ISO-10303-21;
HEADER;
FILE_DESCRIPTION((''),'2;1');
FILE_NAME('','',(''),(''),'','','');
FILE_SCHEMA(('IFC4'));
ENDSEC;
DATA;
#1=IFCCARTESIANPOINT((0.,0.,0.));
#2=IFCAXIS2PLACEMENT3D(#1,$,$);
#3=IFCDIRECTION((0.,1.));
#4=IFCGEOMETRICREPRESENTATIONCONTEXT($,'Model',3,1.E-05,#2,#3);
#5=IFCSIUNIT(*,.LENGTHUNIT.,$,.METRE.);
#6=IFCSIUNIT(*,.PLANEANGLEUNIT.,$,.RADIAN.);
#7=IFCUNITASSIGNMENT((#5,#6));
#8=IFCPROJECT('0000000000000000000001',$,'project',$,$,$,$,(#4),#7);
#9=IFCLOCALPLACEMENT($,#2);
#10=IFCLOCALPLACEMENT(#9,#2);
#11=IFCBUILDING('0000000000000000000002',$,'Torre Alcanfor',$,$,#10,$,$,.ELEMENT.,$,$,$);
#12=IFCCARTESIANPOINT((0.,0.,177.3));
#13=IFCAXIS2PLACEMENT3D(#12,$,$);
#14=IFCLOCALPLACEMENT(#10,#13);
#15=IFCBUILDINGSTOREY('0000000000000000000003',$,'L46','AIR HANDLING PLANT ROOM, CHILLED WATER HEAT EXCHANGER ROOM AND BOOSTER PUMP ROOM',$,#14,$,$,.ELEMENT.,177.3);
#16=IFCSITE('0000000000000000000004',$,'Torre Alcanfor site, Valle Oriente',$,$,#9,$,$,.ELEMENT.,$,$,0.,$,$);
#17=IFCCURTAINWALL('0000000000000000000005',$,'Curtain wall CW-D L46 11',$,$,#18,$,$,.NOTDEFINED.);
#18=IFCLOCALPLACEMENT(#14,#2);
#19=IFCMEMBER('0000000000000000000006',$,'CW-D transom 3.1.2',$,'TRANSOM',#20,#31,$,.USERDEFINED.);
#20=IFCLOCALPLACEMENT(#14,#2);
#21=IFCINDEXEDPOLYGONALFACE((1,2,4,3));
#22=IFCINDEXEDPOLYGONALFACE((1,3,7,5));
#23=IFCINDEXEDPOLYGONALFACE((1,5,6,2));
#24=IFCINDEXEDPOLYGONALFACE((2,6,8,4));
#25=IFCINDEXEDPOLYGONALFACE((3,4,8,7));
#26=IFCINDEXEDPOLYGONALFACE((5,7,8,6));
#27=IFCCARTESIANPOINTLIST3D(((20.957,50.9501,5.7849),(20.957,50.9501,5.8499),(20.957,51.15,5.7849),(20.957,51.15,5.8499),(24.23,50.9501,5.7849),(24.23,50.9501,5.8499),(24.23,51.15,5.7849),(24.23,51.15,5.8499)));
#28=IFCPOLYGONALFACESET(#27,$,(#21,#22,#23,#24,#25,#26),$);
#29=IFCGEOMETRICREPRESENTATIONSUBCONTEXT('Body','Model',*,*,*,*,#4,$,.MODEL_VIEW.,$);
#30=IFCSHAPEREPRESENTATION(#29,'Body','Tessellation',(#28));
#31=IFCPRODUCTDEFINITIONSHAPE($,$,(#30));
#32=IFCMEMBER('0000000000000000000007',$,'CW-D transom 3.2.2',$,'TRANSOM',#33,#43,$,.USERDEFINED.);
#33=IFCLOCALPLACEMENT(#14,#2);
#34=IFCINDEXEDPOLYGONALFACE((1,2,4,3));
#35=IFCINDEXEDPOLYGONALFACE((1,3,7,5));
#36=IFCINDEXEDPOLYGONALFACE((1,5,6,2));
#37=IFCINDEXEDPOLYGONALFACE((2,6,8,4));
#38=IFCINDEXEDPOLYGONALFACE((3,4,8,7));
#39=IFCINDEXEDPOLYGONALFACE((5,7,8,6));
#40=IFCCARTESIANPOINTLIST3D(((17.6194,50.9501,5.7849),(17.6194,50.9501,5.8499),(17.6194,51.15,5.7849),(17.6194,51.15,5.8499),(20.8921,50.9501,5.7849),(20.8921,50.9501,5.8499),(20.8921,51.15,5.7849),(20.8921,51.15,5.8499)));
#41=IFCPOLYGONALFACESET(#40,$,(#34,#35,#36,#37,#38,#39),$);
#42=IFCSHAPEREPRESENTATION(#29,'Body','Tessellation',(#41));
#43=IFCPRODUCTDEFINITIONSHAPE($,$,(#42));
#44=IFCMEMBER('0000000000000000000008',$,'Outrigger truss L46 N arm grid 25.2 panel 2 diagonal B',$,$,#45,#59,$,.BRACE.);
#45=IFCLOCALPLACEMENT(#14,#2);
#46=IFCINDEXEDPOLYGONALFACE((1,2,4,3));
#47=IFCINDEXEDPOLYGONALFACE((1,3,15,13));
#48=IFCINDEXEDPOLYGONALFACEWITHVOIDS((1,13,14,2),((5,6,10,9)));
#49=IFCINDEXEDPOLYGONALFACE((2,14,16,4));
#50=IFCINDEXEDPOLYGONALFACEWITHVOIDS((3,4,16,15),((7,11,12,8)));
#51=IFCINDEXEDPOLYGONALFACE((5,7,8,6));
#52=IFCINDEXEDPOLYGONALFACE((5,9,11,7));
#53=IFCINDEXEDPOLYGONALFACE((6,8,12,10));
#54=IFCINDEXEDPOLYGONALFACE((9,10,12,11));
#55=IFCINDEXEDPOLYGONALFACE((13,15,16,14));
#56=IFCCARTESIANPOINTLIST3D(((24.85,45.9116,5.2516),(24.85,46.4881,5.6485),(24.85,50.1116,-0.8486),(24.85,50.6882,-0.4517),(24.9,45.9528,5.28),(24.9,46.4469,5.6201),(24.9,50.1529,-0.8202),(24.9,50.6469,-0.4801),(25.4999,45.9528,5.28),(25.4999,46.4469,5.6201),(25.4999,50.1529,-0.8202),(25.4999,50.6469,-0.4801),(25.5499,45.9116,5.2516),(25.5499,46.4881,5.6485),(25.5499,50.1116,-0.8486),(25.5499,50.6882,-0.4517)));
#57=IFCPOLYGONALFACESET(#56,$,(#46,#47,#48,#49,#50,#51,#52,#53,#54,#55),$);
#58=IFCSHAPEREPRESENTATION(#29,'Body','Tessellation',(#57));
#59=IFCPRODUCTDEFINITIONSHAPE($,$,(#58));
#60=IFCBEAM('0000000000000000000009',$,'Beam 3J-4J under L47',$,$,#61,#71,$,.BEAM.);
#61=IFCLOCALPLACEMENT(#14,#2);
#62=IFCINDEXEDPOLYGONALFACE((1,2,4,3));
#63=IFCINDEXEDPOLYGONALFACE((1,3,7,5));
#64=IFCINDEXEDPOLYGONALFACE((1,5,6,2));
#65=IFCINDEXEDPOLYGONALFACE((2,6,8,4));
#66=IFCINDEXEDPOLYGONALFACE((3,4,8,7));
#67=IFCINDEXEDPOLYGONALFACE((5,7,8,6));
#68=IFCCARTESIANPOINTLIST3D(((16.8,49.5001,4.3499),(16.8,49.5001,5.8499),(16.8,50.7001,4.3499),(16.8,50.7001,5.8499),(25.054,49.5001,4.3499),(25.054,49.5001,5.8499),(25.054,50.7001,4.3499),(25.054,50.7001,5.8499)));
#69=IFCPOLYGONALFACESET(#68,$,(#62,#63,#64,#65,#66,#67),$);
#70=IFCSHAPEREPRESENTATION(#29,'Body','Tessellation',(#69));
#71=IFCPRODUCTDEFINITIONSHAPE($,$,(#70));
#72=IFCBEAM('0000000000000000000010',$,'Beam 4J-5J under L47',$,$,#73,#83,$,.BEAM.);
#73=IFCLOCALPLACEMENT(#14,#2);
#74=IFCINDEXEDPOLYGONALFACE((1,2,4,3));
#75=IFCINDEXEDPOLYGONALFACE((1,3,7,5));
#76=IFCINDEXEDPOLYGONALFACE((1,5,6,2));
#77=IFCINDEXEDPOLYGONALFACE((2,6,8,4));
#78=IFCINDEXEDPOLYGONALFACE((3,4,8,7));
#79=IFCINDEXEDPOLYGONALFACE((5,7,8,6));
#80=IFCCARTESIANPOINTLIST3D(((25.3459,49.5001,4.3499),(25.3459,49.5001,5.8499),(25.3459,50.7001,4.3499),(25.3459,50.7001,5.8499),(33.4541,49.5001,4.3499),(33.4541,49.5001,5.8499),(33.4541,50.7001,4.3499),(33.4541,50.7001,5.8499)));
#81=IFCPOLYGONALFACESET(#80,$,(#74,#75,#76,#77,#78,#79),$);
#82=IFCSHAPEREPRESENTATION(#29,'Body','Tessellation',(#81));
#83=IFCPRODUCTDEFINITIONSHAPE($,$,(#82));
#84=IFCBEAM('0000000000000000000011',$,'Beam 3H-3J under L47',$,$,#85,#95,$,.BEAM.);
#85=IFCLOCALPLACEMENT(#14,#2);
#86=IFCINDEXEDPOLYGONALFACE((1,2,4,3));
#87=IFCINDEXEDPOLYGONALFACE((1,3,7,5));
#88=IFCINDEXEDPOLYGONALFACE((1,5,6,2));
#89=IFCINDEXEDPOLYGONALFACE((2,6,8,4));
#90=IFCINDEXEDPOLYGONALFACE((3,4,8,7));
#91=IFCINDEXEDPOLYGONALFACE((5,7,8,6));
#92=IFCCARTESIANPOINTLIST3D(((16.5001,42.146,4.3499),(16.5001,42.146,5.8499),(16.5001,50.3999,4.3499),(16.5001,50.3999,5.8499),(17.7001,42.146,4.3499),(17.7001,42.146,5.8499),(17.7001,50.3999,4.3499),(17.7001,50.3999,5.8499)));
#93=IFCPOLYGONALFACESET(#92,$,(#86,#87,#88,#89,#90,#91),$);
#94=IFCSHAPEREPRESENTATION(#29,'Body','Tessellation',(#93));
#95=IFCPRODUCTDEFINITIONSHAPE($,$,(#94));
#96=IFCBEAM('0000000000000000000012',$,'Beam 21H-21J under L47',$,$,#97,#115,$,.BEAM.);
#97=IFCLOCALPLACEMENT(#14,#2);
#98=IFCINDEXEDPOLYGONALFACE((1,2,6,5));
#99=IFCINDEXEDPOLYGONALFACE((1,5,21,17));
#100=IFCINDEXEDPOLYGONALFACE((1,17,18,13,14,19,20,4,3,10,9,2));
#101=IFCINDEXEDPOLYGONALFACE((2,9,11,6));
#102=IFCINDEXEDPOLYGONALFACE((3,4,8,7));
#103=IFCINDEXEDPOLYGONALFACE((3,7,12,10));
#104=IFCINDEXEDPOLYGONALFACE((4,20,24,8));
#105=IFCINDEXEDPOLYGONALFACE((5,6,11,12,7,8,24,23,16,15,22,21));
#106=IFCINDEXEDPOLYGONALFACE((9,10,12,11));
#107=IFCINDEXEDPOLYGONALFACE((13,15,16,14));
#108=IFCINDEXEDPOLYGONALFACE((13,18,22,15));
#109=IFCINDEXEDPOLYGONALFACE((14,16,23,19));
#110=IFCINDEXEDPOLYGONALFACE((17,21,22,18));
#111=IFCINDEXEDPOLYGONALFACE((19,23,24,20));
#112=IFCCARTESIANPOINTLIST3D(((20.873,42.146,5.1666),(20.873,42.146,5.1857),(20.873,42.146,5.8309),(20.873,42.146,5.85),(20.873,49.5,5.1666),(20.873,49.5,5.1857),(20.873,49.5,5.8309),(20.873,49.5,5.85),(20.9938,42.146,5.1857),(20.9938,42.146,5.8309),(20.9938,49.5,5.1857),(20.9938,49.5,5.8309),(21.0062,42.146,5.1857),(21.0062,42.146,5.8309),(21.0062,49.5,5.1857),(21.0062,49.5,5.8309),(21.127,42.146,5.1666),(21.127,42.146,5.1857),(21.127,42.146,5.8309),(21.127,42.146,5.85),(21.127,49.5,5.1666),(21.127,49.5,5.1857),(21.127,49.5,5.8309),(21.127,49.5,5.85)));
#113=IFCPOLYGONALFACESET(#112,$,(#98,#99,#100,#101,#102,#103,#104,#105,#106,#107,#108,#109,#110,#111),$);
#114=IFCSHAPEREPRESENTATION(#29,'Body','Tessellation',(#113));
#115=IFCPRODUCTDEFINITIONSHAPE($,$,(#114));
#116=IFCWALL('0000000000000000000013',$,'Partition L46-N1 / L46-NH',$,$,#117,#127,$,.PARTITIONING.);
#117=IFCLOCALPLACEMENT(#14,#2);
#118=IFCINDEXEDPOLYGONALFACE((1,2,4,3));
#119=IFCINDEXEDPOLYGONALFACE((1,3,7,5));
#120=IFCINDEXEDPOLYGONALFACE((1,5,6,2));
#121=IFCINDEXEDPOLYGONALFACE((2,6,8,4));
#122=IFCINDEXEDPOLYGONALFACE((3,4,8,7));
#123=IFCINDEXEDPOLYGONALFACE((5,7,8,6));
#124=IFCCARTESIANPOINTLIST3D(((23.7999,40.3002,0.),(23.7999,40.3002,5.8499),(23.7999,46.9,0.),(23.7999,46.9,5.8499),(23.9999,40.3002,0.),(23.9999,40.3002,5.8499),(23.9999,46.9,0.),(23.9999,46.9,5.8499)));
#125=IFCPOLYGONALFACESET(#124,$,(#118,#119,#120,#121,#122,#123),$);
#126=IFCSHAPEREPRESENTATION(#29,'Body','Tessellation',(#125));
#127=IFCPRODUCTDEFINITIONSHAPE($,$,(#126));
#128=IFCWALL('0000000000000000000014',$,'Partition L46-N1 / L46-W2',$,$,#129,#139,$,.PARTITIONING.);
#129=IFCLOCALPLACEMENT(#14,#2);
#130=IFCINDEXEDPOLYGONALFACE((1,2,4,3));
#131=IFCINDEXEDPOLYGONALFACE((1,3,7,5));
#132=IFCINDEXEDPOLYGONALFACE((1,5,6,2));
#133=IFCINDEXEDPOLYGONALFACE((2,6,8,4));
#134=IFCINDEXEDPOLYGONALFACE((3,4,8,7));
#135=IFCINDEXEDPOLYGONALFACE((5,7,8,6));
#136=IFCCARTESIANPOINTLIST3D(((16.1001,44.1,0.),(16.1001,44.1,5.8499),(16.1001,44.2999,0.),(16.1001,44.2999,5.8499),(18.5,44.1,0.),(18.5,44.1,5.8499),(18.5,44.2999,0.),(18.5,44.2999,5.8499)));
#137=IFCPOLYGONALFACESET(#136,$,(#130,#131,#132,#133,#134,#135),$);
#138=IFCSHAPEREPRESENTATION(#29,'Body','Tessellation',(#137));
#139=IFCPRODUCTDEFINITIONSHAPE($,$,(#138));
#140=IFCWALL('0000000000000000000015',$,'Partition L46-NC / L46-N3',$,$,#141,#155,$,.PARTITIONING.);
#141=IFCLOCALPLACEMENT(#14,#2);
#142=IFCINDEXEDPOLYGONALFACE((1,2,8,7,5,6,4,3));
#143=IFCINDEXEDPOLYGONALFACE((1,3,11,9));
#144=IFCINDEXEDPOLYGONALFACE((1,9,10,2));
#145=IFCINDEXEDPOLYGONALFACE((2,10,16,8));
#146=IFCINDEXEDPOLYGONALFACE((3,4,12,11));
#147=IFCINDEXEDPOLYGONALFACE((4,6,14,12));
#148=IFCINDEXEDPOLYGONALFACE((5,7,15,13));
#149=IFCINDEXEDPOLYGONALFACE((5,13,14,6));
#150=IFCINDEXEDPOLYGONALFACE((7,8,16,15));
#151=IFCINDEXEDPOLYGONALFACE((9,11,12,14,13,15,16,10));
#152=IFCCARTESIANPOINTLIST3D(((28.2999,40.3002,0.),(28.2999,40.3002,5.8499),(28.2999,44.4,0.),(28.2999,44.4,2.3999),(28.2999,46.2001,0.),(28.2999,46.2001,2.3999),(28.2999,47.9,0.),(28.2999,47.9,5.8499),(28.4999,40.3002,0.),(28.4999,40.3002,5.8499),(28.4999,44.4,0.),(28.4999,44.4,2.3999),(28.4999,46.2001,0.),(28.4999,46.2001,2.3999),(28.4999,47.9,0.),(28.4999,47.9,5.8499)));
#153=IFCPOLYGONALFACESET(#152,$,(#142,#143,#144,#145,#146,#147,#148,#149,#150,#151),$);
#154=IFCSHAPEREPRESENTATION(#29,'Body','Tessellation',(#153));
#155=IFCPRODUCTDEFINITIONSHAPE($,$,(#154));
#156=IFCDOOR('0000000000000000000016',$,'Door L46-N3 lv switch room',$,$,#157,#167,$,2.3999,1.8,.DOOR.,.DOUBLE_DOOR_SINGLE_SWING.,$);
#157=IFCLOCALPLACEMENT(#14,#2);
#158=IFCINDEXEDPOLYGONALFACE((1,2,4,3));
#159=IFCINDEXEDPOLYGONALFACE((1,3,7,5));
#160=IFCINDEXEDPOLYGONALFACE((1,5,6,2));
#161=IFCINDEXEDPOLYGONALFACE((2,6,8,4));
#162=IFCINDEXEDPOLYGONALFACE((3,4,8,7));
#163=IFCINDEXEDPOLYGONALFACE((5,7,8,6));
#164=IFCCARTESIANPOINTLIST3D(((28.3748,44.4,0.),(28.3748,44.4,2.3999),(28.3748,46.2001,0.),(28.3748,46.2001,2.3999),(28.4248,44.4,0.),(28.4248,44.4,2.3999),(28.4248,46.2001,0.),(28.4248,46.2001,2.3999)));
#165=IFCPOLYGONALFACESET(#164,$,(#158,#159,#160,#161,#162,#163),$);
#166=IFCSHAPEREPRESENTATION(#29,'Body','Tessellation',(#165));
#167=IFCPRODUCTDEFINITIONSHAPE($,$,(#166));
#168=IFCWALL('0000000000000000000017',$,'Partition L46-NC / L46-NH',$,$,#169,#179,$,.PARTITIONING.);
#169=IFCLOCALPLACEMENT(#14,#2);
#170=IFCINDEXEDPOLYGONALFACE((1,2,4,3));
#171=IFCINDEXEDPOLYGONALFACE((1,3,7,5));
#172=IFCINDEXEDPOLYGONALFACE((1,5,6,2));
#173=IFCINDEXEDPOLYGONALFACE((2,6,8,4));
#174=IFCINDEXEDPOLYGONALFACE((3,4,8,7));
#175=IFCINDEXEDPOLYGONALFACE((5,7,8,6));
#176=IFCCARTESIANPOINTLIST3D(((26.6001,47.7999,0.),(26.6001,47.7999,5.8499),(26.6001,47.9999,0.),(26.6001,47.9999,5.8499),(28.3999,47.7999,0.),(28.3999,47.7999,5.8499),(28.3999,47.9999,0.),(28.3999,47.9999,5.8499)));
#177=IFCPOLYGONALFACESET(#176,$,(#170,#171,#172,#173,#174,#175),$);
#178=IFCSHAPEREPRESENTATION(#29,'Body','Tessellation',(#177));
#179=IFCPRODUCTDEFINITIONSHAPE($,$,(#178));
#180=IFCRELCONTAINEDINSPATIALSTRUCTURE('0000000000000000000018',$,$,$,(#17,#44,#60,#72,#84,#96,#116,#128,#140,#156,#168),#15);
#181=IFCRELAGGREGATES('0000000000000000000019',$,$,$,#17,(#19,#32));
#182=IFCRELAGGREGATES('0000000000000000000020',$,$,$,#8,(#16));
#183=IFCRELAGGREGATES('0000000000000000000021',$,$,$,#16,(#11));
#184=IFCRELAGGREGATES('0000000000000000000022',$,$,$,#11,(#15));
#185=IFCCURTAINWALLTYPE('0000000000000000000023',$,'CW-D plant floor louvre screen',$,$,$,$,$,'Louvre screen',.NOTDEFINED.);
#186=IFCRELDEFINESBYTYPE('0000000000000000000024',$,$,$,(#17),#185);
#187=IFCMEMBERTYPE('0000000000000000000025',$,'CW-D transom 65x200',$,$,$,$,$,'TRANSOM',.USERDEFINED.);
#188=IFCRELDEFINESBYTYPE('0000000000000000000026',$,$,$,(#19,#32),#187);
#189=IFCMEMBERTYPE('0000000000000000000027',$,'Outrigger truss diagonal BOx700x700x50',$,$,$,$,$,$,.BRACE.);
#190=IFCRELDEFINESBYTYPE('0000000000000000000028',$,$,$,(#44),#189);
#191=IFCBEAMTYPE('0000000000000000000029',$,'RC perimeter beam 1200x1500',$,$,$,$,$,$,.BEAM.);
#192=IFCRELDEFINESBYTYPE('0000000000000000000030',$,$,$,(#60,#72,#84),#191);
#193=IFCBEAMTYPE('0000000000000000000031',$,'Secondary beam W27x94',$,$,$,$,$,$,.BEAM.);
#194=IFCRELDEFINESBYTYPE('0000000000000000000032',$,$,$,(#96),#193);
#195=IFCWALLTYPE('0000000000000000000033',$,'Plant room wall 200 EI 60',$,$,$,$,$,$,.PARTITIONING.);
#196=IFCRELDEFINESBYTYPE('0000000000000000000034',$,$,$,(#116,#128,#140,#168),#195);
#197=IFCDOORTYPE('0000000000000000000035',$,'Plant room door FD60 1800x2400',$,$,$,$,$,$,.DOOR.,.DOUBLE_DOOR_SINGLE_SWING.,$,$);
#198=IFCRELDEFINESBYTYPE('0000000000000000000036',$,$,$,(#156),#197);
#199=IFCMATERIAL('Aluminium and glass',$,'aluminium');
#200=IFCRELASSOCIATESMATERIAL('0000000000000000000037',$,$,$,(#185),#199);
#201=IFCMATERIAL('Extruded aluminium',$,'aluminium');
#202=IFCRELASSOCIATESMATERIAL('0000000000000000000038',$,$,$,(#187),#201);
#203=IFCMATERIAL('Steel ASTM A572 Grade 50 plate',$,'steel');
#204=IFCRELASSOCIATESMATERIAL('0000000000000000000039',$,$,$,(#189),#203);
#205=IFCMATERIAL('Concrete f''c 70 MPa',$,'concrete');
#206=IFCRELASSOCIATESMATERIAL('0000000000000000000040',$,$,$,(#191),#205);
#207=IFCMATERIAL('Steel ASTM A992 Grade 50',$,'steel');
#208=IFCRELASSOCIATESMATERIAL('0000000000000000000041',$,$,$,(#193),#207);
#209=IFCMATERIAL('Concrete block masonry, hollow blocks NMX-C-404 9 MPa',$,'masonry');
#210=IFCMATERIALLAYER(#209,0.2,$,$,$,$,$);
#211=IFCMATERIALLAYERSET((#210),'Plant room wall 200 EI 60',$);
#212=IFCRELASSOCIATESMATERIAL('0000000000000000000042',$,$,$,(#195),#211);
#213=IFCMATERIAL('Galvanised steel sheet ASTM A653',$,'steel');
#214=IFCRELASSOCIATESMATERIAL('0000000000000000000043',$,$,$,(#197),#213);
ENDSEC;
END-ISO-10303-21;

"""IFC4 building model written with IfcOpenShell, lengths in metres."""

from ifc_helpers import new_model, si_unit, direction, frame, frame_2d, origin, origin_2d, place, context, subcontext, project, spatial, rectangle, hollow_rectangle, i_section, extrude, material, layer, layer_set, material_profile, profile_set, type_object, element, fill, aggregate, save


model = new_model("IFC4")

# Units and contexts
model_context = context("Model", 3, precision=1e-05, world=origin(), true_north=direction((0.0, 1.0)))
body_context = subcontext(model_context, "Body", "Model", "MODEL_VIEW")
ifc_project = project(units=[si_unit("LENGTHUNIT", "METRE"), si_unit("PLANEANGLEUNIT", "RADIAN")], contexts=[model_context])

# Site, building, storey
site_placement = place(None, origin())
site = spatial("IfcSite", under=ifc_project, at=site_placement, Name="Torre Alcanfor site, Valle Oriente", CompositionType="ELEMENT", RefElevation=0.0)
building_placement = place(site_placement, origin())
building = spatial("IfcBuilding", under=site, at=building_placement, Name="Torre Alcanfor", CompositionType="ELEMENT")
storey_placement = place(building_placement, frame((0.0, 0.0, 177.3)))
storey = spatial("IfcBuildingStorey", under=building, at=storey_placement, Name="L46", Description="AIR HANDLING PLANT ROOM, CHILLED WATER HEAT EXCHANGER ROOM AND BOOSTER PUMP ROOM", CompositionType="ELEMENT", Elevation=177.3)

# Curtain wall, members
ifc_material_1 = material(Name="Aluminium and glass", Category="aluminium")
curtain_wall_type = type_object("IfcCurtainWallType", Name="CW-D plant floor louvre screen", ElementType="Louvre screen", PredefinedType="NOTDEFINED", material=ifc_material_1)
curtain_wall_placement = place(storey_placement, origin())
curtain_wall = element("IfcCurtainWall", 1, at=curtain_wall_placement, inside=storey, type_object=curtain_wall_type, Name="Curtain wall CW-D L46 11", PredefinedType="NOTDEFINED")
ifc_material_2 = material(Name="Extruded aluminium", Category="aluminium")
ifc_material_profile_1 = material_profile(ifc_material_2, rectangle(XDim=0.2, YDim=0.0649, at=origin_2d()), Name="CW-D transom 200x65")
ifc_profile_set_1 = profile_set([ifc_material_profile_1], Name="Extruded aluminium")
member_type_1 = type_object("IfcMemberType", Name="CW-D transom 65x200", ElementType="TRANSOM", PredefinedType="USERDEFINED", material=ifc_profile_set_1)
member_1_placement = place(storey_placement, frame((24.23, 51.05, 5.8174), z_axis=(-1.0, 0.0, 0.0), x_axis=(0.0, -1.0, 0.0)))
member_1 = element("IfcMember", 2, at=member_1_placement, type_object=member_type_1, Name="CW-D transom 3.1.2", ObjectType="TRANSOM", PredefinedType="USERDEFINED", context=body_context, shape_type="SweptSolid", body=[
    extrude(rectangle(XDim=0.2, YDim=0.0649, at=origin_2d()), origin(), (0.0, 0.0, 1.0), 3.2729),
])
member_2_placement = place(storey_placement, frame((20.8921, 51.05, 5.8174), z_axis=(-1.0, 0.0, 0.0), x_axis=(0.0, -1.0, 0.0)))
member_2 = element("IfcMember", 3, at=member_2_placement, type_object=member_type_1, Name="CW-D transom 3.2.2", ObjectType="TRANSOM", PredefinedType="USERDEFINED", context=body_context, shape_type="SweptSolid", body=[
    extrude(rectangle(XDim=0.2, YDim=0.0649, at=origin_2d()), origin(), (0.0, 0.0, 1.0), 3.2727),
])

# Member
ifc_material_3 = material(Name="Steel ASTM A572 Grade 50 plate", Category="steel")
ifc_material_profile_2 = material_profile(ifc_material_3, hollow_rectangle(XDim=0.7, YDim=0.7, WallThickness=0.05, at=origin_2d()), Name="BOX 700x700x50")
ifc_profile_set_2 = profile_set([ifc_material_profile_2], Name="Steel ASTM A572 Grade 50 plate")
member_type_2 = type_object("IfcMemberType", Name="Outrigger truss diagonal BOx700x700x50", PredefinedType="BRACE", material=ifc_profile_set_2)
member_3_placement = place(storey_placement, frame((25.2, 50.3999, -0.6501), z_axis=(0.0, -0.567091, 0.823655), x_axis=(1.0, 0.0, 0.0)))
element("IfcMember", 4, at=member_3_placement, inside=storey, type_object=member_type_2, Name="Outrigger truss L46 N arm grid 25.2 panel 2 diagonal B", PredefinedType="BRACE", context=body_context, shape_type="SweptSolid", body=[
    extrude(hollow_rectangle(XDim=0.7, YDim=0.7, WallThickness=0.05, at=origin_2d()), origin(), (0.0, 0.0, 1.0), 7.4062),
])

# Beams
ifc_material_4 = material(Name="Concrete f'c 70 MPa", Category="concrete")
ifc_material_profile_3 = material_profile(ifc_material_4, rectangle(XDim=1.2, YDim=1.5, at=origin_2d()), Name="1200x1500")
ifc_profile_set_3 = profile_set([ifc_material_profile_3], Name="Concrete f'c 70 MPa")
beam_type_1 = type_object("IfcBeamType", Name="RC perimeter beam 1200x1500", PredefinedType="BEAM", material=ifc_profile_set_3)
beam_1_placement = place(storey_placement, frame((16.8, 50.1001, 5.0999), z_axis=(1.0, 0.0, 0.0), x_axis=(0.0, 1.0, 0.0)))
element("IfcBeam", 5, at=beam_1_placement, inside=storey, type_object=beam_type_1, Name="Beam 3J-4J under L47", PredefinedType="BEAM", context=body_context, shape_type="SweptSolid", body=[
    extrude(rectangle(XDim=1.2, YDim=1.5, at=origin_2d()), origin(), (0.0, 0.0, 1.0), 8.2539),
])
beam_2_placement = place(storey_placement, frame((25.3459, 50.1001, 5.0999), z_axis=(1.0, 0.0, 0.0), x_axis=(0.0, 1.0, 0.0)))
element("IfcBeam", 6, at=beam_2_placement, inside=storey, type_object=beam_type_1, Name="Beam 4J-5J under L47", PredefinedType="BEAM", context=body_context, shape_type="SweptSolid", body=[
    extrude(rectangle(XDim=1.2, YDim=1.5, at=origin_2d()), origin(), (0.0, 0.0, 1.0), 8.1082),
])
beam_3_placement = place(storey_placement, frame((17.1001, 42.146, 5.0999), z_axis=(0.0, 1.0, 0.0), x_axis=(-1.0, 0.0, 0.0)))
element("IfcBeam", 7, at=beam_3_placement, inside=storey, type_object=beam_type_1, Name="Beam 3H-3J under L47", PredefinedType="BEAM", context=body_context, shape_type="SweptSolid", body=[
    extrude(rectangle(XDim=1.2, YDim=1.5, at=origin_2d()), origin(), (0.0, 0.0, 1.0), 8.2539),
])
ifc_material_5 = material(Name="Steel ASTM A992 Grade 50", Category="steel")
ifc_material_profile_4 = material_profile(ifc_material_5, i_section(OverallWidth=0.2539, OverallDepth=0.6833, WebThickness=0.0125, FlangeThickness=0.019, at=origin_2d()), Name="W27x94")
ifc_profile_set_4 = profile_set([ifc_material_profile_4], Name="Steel ASTM A992 Grade 50")
beam_type_2 = type_object("IfcBeamType", Name="Secondary beam W27x94", PredefinedType="BEAM", material=ifc_profile_set_4)
beam_4_placement = place(storey_placement, frame((21.0, 42.146, 5.5083), z_axis=(0.0, 1.0, 0.0), x_axis=(-1.0, 0.0, 0.0)))
element("IfcBeam", 8, at=beam_4_placement, inside=storey, type_object=beam_type_2, Name="Beam 21H-21J under L47", PredefinedType="BEAM", context=body_context, shape_type="SweptSolid", body=[
    extrude(i_section(OverallWidth=0.2539, OverallDepth=0.6833, WebThickness=0.0125, FlangeThickness=0.019, at=origin_2d()), origin(), (0.0, 0.0, 1.0), 7.354),
])

# Walls
ifc_material_6 = material(Name="Concrete block masonry, hollow blocks NMX-C-404 9 MPa", Category="masonry")
ifc_layer_1 = layer(ifc_material_6, 0.2)
ifc_layer_set_1 = layer_set([ifc_layer_1], Name="Plant room wall 200 EI 60")
wall_type_1 = type_object("IfcWallType", Name="Plant room wall 200 EI 60", PredefinedType="PARTITIONING", material=ifc_layer_set_1)
wall_1_placement = place(storey_placement, frame((23.8999, 46.8999, 0.0), z_axis=(0.0, 0.0, 1.0), x_axis=(0.0, -1.0, 0.0)))
element("IfcWall", 9, at=wall_1_placement, inside=storey, type_object=wall_type_1, Name="Partition L46-N1 / L46-NH", PredefinedType="PARTITIONING", context=body_context, shape_type="SweptSolid", body=[
    extrude(rectangle(XDim=6.5999, YDim=0.2, at=frame_2d((3.2998, 0.0))), origin(), (0.0, 0.0, 1.0), 5.8499),
])
wall_2_placement = place(storey_placement, frame((18.5, 44.2, 0.0), z_axis=(0.0, 0.0, 1.0), x_axis=(-1.0, 0.0, 0.0)))
element("IfcWall", 10, at=wall_2_placement, inside=storey, type_object=wall_type_1, Name="Partition L46-N1 / L46-W2", PredefinedType="PARTITIONING", context=body_context, shape_type="SweptSolid", body=[
    extrude(rectangle(XDim=2.3999, YDim=0.2, at=frame_2d((1.2, 0.0))), origin(), (0.0, 0.0, 1.0), 5.8499),
])

# Wall, opening, door
wall_3_placement = place(storey_placement, frame((28.3999, 47.8999, 0.0), z_axis=(0.0, 0.0, 1.0), x_axis=(0.0, -1.0, 0.0)))
wall_3 = element("IfcWall", 11, at=wall_3_placement, inside=storey, type_object=wall_type_1, Name="Partition L46-NC / L46-N3", PredefinedType="PARTITIONING", context=body_context, shape_type="SweptSolid", body=[
    extrude(rectangle(XDim=7.5999, YDim=0.2, at=frame_2d((3.7998, 0.0))), origin(), (0.0, 0.0, 1.0), 5.8499),
])
opening_placement = place(wall_3_placement, frame((1.7, 0.0, 0.0)))
opening = element("IfcOpeningElement", 12, at=opening_placement, cuts=wall_3, PredefinedType="OPENING", context=body_context, shape_type="SweptSolid", body=[
    extrude(rectangle(XDim=1.8, YDim=2.3999, at=frame_2d((0.8999, 1.2))), frame((0.0, 0.1099, 0.0), z_axis=(0.0, -1.0, 0.0), x_axis=(1.0, 0.0, 0.0)), (0.0, 0.0, 1.0), 0.22),
])
ifc_material_7 = material(Name="Galvanised steel sheet ASTM A653", Category="steel")
door_type = type_object("IfcDoorType", Name="Plant room door FD60 1800x2400", OperationType="DOUBLE_DOOR_SINGLE_SWING", PredefinedType="DOOR", material=ifc_material_7)
door_placement = place(opening_placement, origin())
door = element("IfcDoor", 13, at=door_placement, inside=storey, type_object=door_type, Name="Door L46-N3 lv switch room", OperationType="DOUBLE_DOOR_SINGLE_SWING", OverallHeight=2.3999, OverallWidth=1.8, PredefinedType="DOOR", context=body_context, shape_type="SweptSolid", body=[
    extrude(rectangle(XDim=1.8, YDim=2.3999, at=frame_2d((0.8999, 1.2))), frame((0.0, 0.0249, 0.0), z_axis=(0.0, -1.0, 0.0), x_axis=(1.0, 0.0, 0.0)), (0.0, 0.0, 1.0), 0.05),
])
fill(opening, door)

# Wall
wall_4_placement = place(storey_placement, frame((26.6001, 47.8999, 0.0), z_axis=(0.0, 0.0, 1.0), x_axis=(1.0, 0.0, 0.0)))
element("IfcWall", 14, at=wall_4_placement, inside=storey, type_object=wall_type_1, Name="Partition L46-NC / L46-NH", PredefinedType="PARTITIONING", context=body_context, shape_type="SweptSolid", body=[
    extrude(rectangle(XDim=1.7998, YDim=0.2, at=frame_2d((0.8999, 0.0))), origin(), (0.0, 0.0, 1.0), 5.8499),
])

aggregate(curtain_wall, [member_1, member_2])

save(model, "model.ifc")
